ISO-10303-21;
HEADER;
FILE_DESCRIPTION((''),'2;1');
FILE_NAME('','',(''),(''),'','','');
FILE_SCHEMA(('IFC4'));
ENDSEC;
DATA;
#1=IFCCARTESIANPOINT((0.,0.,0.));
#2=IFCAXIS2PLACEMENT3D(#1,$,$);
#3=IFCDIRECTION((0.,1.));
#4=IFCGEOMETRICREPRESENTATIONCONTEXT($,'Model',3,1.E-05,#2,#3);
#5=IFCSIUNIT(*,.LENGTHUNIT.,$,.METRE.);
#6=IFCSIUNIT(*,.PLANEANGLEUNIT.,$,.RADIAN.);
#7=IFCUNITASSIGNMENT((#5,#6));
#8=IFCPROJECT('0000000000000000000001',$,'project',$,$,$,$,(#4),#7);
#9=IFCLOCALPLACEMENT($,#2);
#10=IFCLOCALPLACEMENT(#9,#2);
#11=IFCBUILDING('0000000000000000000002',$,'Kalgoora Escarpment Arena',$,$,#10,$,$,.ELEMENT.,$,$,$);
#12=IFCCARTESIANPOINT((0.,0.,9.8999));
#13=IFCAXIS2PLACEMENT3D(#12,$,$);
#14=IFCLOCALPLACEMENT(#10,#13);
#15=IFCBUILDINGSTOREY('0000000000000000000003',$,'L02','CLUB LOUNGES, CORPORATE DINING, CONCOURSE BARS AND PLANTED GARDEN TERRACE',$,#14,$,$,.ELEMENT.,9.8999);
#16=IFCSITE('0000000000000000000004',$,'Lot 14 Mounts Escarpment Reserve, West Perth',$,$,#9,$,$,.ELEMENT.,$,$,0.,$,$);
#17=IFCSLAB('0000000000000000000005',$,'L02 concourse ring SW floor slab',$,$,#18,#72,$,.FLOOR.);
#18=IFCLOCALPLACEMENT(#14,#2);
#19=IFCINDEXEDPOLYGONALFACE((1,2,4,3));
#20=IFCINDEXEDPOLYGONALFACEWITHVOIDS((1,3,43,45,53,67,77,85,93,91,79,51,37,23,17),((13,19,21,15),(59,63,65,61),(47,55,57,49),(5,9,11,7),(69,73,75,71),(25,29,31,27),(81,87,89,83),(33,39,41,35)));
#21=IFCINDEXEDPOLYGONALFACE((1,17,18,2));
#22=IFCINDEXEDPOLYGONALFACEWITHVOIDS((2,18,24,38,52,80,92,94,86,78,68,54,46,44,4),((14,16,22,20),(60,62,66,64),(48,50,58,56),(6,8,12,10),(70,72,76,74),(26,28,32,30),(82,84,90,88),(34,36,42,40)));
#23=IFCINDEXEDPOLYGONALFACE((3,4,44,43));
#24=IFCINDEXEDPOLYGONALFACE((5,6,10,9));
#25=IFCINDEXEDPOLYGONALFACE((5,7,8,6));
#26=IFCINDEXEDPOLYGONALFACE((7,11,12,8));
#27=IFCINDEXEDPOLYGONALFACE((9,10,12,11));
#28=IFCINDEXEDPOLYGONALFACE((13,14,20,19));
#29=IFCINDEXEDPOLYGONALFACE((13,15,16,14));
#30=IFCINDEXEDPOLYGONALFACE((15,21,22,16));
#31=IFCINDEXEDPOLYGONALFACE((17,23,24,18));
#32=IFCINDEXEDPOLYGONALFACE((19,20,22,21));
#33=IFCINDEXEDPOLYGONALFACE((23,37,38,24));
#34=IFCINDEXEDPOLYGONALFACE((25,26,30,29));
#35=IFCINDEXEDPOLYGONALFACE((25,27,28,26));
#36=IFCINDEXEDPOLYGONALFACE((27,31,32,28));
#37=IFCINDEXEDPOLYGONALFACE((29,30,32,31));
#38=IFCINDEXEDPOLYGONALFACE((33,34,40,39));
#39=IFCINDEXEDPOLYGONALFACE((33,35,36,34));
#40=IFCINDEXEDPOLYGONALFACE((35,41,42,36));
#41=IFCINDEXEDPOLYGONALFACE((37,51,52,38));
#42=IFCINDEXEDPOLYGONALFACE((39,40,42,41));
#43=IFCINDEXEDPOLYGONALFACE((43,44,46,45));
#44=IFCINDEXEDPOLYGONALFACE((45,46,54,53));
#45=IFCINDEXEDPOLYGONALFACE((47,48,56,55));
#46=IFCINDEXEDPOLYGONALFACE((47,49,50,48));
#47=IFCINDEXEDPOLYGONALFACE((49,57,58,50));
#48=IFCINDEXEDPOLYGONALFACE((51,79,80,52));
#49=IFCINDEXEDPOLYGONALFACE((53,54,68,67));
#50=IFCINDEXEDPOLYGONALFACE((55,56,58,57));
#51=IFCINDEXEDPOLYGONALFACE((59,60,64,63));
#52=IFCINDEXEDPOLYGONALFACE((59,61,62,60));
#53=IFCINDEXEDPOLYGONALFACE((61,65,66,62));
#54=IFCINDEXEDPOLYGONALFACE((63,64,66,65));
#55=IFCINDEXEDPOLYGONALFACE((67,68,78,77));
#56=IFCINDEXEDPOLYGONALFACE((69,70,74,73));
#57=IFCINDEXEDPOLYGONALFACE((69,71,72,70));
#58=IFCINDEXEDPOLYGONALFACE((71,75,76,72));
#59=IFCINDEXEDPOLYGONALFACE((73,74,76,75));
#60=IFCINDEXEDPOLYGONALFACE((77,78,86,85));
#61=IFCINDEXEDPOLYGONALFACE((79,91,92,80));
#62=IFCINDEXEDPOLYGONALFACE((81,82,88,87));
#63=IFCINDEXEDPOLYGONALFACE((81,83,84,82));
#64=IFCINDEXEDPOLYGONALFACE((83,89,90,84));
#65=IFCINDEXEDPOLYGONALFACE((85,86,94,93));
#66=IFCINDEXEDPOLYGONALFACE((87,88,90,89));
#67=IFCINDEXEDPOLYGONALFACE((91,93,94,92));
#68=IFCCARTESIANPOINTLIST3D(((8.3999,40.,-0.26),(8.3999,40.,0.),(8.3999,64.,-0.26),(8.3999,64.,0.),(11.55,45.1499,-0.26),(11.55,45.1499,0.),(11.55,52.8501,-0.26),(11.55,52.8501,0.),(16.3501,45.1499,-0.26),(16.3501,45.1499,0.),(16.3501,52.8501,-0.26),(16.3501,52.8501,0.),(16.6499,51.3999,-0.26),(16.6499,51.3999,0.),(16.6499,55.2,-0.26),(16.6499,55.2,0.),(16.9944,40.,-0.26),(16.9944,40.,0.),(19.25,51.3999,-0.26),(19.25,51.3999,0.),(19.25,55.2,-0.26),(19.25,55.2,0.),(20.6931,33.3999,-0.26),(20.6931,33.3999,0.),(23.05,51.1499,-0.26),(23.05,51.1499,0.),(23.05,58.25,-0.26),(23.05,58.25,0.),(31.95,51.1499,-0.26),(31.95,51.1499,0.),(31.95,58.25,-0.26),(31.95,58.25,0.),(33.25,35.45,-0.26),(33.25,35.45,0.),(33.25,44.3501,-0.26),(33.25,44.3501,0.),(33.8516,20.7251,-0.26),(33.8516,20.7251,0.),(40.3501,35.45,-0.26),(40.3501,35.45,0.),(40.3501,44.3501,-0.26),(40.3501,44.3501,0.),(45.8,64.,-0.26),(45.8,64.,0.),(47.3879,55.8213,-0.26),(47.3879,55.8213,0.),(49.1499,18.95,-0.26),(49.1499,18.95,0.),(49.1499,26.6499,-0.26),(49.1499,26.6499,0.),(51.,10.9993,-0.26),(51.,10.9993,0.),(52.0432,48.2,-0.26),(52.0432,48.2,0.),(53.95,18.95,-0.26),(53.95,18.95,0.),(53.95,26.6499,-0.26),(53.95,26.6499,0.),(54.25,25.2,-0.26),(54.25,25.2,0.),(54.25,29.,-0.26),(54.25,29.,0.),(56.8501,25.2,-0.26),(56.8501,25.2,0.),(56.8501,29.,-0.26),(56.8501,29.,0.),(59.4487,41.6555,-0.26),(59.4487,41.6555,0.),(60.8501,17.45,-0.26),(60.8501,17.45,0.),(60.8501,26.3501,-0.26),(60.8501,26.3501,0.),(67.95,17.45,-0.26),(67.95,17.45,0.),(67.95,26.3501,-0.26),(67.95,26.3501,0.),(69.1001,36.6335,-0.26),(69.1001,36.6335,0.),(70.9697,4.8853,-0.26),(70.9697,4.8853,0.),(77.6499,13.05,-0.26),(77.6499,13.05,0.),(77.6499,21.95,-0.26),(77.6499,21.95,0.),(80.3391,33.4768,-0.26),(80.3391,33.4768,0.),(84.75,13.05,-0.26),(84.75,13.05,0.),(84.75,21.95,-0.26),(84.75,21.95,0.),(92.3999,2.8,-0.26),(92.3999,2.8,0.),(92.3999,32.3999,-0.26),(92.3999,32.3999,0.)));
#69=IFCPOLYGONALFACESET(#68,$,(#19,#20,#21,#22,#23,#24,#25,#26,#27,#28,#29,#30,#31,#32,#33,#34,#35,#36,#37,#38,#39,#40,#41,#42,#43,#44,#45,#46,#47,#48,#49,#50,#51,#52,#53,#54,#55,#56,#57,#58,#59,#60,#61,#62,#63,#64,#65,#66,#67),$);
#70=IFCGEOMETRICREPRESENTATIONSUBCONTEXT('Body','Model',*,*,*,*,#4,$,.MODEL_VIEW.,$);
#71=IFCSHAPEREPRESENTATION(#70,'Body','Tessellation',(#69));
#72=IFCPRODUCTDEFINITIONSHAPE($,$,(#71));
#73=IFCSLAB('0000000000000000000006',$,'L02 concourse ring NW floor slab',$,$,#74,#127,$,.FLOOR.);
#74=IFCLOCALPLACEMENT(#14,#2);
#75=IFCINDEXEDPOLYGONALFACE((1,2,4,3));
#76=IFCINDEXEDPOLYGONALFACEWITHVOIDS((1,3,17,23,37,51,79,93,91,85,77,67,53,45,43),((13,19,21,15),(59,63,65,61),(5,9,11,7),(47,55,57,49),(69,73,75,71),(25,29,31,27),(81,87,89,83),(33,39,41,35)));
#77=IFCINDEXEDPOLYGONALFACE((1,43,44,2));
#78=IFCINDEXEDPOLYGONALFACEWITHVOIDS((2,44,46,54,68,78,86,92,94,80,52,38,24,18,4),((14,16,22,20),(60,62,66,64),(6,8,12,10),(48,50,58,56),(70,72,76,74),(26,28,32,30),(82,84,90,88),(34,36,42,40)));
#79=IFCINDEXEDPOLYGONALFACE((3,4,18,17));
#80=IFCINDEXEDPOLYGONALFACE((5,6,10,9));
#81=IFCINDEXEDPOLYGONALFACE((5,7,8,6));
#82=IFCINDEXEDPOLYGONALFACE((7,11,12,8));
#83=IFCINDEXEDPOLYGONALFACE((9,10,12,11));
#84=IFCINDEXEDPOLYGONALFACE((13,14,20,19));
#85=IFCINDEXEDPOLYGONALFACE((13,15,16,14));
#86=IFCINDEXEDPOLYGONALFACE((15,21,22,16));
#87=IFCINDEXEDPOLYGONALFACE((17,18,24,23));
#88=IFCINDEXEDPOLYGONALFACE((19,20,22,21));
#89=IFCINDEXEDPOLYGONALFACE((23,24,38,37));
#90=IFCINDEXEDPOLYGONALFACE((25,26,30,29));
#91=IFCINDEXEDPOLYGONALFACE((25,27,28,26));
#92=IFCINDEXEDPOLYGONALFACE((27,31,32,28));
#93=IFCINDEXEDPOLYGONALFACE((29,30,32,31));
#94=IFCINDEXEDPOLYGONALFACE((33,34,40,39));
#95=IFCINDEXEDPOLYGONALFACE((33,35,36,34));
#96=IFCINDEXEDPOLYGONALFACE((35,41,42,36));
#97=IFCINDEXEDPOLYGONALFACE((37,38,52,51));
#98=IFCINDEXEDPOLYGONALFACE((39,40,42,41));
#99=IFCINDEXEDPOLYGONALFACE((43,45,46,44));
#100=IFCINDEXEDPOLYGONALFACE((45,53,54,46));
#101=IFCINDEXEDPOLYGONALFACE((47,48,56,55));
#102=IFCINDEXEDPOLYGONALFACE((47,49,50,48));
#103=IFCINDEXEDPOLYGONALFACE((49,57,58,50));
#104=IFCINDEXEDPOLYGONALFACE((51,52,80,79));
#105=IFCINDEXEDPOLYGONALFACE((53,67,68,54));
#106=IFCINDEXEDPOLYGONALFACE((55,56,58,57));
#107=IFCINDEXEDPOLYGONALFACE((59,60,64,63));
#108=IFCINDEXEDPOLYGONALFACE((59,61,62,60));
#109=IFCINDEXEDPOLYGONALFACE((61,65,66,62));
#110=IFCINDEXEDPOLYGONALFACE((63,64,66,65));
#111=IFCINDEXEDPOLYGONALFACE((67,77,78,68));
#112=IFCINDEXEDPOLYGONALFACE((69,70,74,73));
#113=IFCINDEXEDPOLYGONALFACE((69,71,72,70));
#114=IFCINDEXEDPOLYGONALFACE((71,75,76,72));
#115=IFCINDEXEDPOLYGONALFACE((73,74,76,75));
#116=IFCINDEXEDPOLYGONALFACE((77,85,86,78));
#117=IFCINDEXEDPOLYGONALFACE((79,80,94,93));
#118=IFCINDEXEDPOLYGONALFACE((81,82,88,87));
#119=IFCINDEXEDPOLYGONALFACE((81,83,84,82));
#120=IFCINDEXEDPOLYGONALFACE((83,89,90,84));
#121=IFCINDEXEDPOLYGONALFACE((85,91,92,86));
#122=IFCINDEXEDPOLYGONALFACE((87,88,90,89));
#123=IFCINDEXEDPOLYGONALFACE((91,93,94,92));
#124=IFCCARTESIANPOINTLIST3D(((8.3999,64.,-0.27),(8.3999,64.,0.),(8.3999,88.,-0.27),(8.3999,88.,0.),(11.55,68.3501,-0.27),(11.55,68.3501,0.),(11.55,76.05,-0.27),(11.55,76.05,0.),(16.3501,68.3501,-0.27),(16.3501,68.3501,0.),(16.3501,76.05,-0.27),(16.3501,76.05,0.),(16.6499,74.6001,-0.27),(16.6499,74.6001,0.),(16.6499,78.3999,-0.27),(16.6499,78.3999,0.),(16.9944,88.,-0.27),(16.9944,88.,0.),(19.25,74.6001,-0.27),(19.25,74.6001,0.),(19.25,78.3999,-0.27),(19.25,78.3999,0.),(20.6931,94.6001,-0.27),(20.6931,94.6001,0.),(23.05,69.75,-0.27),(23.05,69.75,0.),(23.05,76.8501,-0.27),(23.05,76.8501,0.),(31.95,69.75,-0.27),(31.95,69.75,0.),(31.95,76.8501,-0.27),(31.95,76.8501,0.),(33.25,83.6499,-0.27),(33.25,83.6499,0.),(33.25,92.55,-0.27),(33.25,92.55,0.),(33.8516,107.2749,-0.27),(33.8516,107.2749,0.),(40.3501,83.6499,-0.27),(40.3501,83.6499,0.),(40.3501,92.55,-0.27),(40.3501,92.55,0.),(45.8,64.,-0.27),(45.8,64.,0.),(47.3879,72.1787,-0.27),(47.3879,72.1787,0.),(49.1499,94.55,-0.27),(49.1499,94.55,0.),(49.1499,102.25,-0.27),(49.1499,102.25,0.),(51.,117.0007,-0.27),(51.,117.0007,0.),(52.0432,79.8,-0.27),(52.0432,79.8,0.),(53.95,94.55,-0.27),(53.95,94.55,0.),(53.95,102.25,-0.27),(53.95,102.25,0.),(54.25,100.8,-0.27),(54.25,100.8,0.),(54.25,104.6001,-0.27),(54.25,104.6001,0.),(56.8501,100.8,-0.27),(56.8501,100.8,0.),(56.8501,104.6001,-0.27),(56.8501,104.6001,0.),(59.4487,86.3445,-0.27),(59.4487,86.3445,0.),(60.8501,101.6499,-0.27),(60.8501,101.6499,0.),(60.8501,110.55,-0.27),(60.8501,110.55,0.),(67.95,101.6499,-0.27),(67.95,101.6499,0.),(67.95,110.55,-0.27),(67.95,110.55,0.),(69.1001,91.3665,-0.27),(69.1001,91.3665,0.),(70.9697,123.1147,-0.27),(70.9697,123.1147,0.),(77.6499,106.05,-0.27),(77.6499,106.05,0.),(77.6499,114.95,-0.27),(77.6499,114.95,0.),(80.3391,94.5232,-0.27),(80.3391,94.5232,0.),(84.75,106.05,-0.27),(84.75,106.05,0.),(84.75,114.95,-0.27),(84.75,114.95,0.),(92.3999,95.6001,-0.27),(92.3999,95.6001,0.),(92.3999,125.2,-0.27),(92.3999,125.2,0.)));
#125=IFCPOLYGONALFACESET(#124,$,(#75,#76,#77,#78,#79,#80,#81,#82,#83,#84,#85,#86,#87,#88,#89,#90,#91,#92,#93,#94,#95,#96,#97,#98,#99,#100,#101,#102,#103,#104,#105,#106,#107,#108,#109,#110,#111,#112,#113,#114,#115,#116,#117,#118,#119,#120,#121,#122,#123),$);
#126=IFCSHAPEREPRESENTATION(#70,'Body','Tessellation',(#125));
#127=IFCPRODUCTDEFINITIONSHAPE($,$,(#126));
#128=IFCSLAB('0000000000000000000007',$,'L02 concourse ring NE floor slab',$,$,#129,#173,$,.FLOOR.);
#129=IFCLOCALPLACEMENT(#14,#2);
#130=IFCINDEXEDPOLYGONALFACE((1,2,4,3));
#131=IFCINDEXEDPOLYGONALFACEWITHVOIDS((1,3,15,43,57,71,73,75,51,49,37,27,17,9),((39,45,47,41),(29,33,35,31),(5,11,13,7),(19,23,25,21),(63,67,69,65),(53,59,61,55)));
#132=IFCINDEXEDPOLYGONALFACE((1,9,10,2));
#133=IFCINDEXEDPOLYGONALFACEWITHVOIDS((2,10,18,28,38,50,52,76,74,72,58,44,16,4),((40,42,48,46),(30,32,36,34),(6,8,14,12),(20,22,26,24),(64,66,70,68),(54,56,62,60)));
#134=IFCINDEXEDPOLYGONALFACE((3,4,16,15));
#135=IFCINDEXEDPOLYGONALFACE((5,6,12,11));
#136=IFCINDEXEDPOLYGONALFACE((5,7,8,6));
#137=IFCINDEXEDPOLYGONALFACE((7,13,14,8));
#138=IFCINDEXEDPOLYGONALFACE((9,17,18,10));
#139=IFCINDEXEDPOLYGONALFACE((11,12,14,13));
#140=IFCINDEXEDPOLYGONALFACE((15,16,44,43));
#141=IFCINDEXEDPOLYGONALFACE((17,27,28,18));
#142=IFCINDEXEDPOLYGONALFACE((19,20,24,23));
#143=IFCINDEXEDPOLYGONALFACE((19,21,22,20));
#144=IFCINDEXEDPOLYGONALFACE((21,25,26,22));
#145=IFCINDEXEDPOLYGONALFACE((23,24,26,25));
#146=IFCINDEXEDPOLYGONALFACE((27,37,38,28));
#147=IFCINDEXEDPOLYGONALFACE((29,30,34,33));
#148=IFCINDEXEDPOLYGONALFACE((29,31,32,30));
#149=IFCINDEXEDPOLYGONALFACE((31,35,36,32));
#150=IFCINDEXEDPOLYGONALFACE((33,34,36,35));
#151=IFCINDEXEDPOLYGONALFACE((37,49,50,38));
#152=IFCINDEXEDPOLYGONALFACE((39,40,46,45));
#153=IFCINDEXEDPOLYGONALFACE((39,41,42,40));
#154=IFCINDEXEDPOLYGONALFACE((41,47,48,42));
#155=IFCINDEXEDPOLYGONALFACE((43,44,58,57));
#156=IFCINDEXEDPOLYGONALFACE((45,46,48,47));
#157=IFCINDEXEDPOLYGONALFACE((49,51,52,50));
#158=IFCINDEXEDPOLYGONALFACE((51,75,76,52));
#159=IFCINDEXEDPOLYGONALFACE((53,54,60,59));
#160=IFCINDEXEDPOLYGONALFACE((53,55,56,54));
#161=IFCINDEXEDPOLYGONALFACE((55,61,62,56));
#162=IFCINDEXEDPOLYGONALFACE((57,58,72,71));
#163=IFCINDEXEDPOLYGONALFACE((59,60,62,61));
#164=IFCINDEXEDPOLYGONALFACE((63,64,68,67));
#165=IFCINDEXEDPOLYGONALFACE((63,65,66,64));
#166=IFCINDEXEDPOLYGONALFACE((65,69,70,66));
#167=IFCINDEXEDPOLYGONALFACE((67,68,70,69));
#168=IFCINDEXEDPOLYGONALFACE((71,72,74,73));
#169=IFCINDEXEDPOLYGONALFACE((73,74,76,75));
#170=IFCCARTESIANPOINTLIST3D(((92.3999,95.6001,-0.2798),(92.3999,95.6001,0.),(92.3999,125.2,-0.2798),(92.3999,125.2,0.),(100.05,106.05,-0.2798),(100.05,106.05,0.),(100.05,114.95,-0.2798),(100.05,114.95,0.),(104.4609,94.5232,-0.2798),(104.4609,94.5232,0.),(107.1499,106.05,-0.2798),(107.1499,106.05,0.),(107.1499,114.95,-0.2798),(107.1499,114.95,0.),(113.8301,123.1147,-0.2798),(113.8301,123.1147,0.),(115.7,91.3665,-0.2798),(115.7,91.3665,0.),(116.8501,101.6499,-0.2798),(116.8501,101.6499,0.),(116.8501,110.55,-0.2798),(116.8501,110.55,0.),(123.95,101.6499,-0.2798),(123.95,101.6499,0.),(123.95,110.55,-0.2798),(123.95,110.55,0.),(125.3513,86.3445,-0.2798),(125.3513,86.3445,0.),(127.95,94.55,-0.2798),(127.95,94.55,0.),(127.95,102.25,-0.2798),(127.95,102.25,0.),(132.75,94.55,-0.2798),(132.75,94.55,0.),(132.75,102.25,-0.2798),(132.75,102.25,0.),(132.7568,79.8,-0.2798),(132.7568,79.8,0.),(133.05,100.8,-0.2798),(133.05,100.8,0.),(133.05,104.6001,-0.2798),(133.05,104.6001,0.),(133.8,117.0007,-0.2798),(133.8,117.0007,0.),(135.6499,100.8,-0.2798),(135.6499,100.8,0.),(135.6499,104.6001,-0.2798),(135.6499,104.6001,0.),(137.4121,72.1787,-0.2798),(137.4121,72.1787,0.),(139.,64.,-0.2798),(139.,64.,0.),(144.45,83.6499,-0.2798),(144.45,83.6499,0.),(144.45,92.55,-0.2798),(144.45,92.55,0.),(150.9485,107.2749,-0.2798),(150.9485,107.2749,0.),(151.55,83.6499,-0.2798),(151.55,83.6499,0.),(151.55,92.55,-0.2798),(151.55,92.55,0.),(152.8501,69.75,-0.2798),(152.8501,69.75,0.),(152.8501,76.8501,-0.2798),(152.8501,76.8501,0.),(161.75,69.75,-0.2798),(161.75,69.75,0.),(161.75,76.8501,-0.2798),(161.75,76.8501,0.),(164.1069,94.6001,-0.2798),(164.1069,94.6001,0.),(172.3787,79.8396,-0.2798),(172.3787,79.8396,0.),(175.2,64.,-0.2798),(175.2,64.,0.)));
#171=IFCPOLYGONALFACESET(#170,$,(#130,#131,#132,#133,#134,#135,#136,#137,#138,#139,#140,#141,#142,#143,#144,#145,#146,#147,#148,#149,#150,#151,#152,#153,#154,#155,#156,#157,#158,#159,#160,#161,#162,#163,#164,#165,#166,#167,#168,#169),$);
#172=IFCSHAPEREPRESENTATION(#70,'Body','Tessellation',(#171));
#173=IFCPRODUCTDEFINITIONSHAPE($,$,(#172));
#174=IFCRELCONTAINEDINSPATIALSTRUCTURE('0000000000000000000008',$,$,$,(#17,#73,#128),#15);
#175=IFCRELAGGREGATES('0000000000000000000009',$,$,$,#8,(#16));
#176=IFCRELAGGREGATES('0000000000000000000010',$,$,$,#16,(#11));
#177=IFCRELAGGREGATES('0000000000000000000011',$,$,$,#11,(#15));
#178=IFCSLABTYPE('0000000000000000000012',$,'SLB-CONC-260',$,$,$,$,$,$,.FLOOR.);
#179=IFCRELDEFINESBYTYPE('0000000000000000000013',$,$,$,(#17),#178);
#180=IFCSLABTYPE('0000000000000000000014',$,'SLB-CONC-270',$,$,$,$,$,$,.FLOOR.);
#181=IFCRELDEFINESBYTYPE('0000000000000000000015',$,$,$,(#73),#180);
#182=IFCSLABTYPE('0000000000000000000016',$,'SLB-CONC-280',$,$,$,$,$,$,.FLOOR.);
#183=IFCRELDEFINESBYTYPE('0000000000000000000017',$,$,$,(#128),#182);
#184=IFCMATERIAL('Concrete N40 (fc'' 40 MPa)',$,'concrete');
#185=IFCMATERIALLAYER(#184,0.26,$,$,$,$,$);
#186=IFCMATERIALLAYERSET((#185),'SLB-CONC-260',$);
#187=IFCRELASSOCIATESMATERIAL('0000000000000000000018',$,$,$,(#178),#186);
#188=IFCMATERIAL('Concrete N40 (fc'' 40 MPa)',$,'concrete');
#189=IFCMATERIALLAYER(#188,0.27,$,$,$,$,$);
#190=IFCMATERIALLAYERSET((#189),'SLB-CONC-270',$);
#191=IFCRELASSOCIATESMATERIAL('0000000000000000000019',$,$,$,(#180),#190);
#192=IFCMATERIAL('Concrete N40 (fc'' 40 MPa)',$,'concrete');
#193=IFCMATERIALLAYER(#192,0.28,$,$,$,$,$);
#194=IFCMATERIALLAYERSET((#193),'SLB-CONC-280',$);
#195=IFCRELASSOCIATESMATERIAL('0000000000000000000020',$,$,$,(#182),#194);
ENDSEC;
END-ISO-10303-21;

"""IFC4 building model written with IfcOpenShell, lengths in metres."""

from ifc_helpers import new_model, si_unit, direction, frame, origin, place, context, subcontext, project, spatial, polyline, outline, extrude, material, layer, layer_set, type_object, element, save


model = new_model("IFC4")

# Units and contexts
model_context = context("Model", 3, precision=1e-05, world=origin(), true_north=direction((0.0, 1.0)))
body_context = subcontext(model_context, "Body", "Model", "MODEL_VIEW")
ifc_project = project(units=[si_unit("LENGTHUNIT", "METRE"), si_unit("PLANEANGLEUNIT", "RADIAN")], contexts=[model_context])

# Site, building, storey
site_placement = place(None, origin())
site = spatial("IfcSite", under=ifc_project, at=site_placement, Name="Lot 14 Mounts Escarpment Reserve, West Perth", CompositionType="ELEMENT", RefElevation=0.0)
building_placement = place(site_placement, origin())
building = spatial("IfcBuilding", under=site, at=building_placement, Name="Kalgoora Escarpment Arena", CompositionType="ELEMENT")
storey_placement = place(building_placement, frame((0.0, 0.0, 9.8999)))
storey = spatial("IfcBuildingStorey", under=building, at=storey_placement, Name="L02", Description="CLUB LOUNGES, CORPORATE DINING, CONCOURSE BARS AND PLANTED GARDEN TERRACE", CompositionType="ELEMENT", Elevation=9.8999)

# Slabs
ifc_material_1 = material(Name="Concrete N40 (fc' 40 MPa)", Category="concrete")
ifc_layer_1 = layer(ifc_material_1, 0.26)
ifc_layer_set_1 = layer_set([ifc_layer_1], Name="SLB-CONC-260")
slab_type_1 = type_object("IfcSlabType", Name="SLB-CONC-260", PredefinedType="FLOOR", material=ifc_layer_set_1)
slab_1_placement = place(storey_placement, frame((0.0, 0.0, -0.26)))
element("IfcSlab", 1, at=slab_1_placement, inside=storey, type_object=slab_type_1, Name="L02 concourse ring SW floor slab", PredefinedType="FLOOR", context=body_context, shape_type="SweptSolid", body=[
    extrude(outline(polyline([(70.9697, 4.8853), (51.0, 10.9993), (33.8516, 20.7251), (20.6931, 33.3999), (16.9944, 40.0), (8.3999, 40.0), (8.3999, 64.0), (45.8, 64.0), (47.3879, 55.8213), (52.0432, 48.2), (59.4487, 41.6555), (69.1001, 36.6335), (80.3391, 33.4768), (92.3999, 32.3999), (92.3999, 2.8), (70.9697, 4.8853)]), holes=[polyline([(84.75, 21.95), (77.6499, 21.95), (77.6499, 13.05), (84.75, 13.05), (84.75, 21.95)]), polyline([(67.95, 26.3501), (60.8501, 26.3501), (60.8501, 17.45), (67.95, 17.45), (67.95, 26.3501)]), polyline([(53.95, 26.6499), (49.1499, 26.6499), (49.1499, 18.95), (53.95, 18.95), (53.95, 26.6499)]), polyline([(56.8501, 29.0), (54.25, 29.0), (54.25, 25.2), (56.8501, 25.2), (56.8501, 29.0)]), polyline([(40.3501, 44.3501), (33.25, 44.3501), (33.25, 35.45), (40.3501, 35.45), (40.3501, 44.3501)]), polyline([(16.3501, 52.8501), (11.55, 52.8501), (11.55, 45.1499), (16.3501, 45.1499), (16.3501, 52.8501)]), polyline([(19.25, 55.2), (16.6499, 55.2), (16.6499, 51.3999), (19.25, 51.3999), (19.25, 55.2)]), polyline([(31.95, 58.25), (23.05, 58.25), (23.05, 51.1499), (31.95, 51.1499), (31.95, 58.25)])]), origin(), (0.0, 0.0, 1.0), 0.26),
])
ifc_material_2 = material(Name="Concrete N40 (fc' 40 MPa)", Category="concrete")
ifc_layer_2 = layer(ifc_material_2, 0.27)
ifc_layer_set_2 = layer_set([ifc_layer_2], Name="SLB-CONC-270")
slab_type_2 = type_object("IfcSlabType", Name="SLB-CONC-270", PredefinedType="FLOOR", material=ifc_layer_set_2)
slab_2_placement = place(storey_placement, frame((0.0, 0.0, -0.27)))
element("IfcSlab", 2, at=slab_2_placement, inside=storey, type_object=slab_type_2, Name="L02 concourse ring NW floor slab", PredefinedType="FLOOR", context=body_context, shape_type="SweptSolid", body=[
    extrude(outline(polyline([(8.3999, 88.0), (16.9944, 88.0), (20.6931, 94.6001), (33.8516, 107.2749), (51.0, 117.0007), (70.9697, 123.1147), (92.3999, 125.2), (92.3999, 95.6001), (80.3391, 94.5232), (69.1001, 91.3665), (59.4487, 86.3445), (52.0432, 79.8), (47.3879, 72.1787), (45.8, 64.0), (8.3999, 64.0), (8.3999, 88.0)]), holes=[polyline([(16.3501, 76.05), (11.55, 76.05), (11.55, 68.3501), (16.3501, 68.3501), (16.3501, 76.05)]), polyline([(31.95, 76.8501), (23.05, 76.8501), (23.05, 69.75), (31.95, 69.75), (31.95, 76.8501)]), polyline([(19.25, 78.3999), (16.6499, 78.3999), (16.6499, 74.6001), (19.25, 74.6001), (19.25, 78.3999)]), polyline([(40.3501, 92.55), (33.25, 92.55), (33.25, 83.6499), (40.3501, 83.6499), (40.3501, 92.55)]), polyline([(53.95, 102.25), (49.1499, 102.25), (49.1499, 94.55), (53.95, 94.55), (53.95, 102.25)]), polyline([(56.8501, 104.6001), (54.25, 104.6001), (54.25, 100.8), (56.8501, 100.8), (56.8501, 104.6001)]), polyline([(67.95, 110.55), (60.8501, 110.55), (60.8501, 101.6499), (67.95, 101.6499), (67.95, 110.55)]), polyline([(84.75, 114.95), (77.6499, 114.95), (77.6499, 106.05), (84.75, 106.05), (84.75, 114.95)])]), origin(), (0.0, 0.0, 1.0), 0.27),
])
ifc_material_3 = material(Name="Concrete N40 (fc' 40 MPa)", Category="concrete")
ifc_layer_3 = layer(ifc_material_3, 0.28)
ifc_layer_set_3 = layer_set([ifc_layer_3], Name="SLB-CONC-280")
slab_type_3 = type_object("IfcSlabType", Name="SLB-CONC-280", PredefinedType="FLOOR", material=ifc_layer_set_3)
slab_3_placement = place(storey_placement, frame((0.0, 0.0, -0.2798)))
element("IfcSlab", 3, at=slab_3_placement, inside=storey, type_object=slab_type_3, Name="L02 concourse ring NE floor slab", PredefinedType="FLOOR", context=body_context, shape_type="SweptSolid", body=[
    extrude(outline(polyline([(113.8301, 123.1147), (133.8, 117.0007), (150.9485, 107.2749), (164.1069, 94.6001), (172.3787, 79.8396), (175.2, 64.0), (139.0, 64.0), (137.4121, 72.1787), (132.7568, 79.8), (125.3513, 86.3445), (115.7, 91.3665), (104.4609, 94.5232), (92.3999, 95.6001), (92.3999, 125.2), (113.8301, 123.1147)]), holes=[polyline([(161.75, 76.8501), (152.8501, 76.8501), (152.8501, 69.75), (161.75, 69.75), (161.75, 76.8501)]), polyline([(151.55, 92.55), (144.45, 92.55), (144.45, 83.6499), (151.55, 83.6499), (151.55, 92.55)]), polyline([(132.75, 102.25), (127.95, 102.25), (127.95, 94.55), (132.75, 94.55), (132.75, 102.25)]), polyline([(135.6499, 104.6001), (133.05, 104.6001), (133.05, 100.8), (135.6499, 100.8), (135.6499, 104.6001)]), polyline([(123.95, 110.55), (116.8501, 110.55), (116.8501, 101.6499), (123.95, 101.6499), (123.95, 110.55)]), polyline([(107.1499, 114.95), (100.05, 114.95), (100.05, 106.05), (107.1499, 106.05), (107.1499, 114.95)])]), origin(), (0.0, 0.0, 1.0), 0.2798),
])

save(model, "model.ifc")
